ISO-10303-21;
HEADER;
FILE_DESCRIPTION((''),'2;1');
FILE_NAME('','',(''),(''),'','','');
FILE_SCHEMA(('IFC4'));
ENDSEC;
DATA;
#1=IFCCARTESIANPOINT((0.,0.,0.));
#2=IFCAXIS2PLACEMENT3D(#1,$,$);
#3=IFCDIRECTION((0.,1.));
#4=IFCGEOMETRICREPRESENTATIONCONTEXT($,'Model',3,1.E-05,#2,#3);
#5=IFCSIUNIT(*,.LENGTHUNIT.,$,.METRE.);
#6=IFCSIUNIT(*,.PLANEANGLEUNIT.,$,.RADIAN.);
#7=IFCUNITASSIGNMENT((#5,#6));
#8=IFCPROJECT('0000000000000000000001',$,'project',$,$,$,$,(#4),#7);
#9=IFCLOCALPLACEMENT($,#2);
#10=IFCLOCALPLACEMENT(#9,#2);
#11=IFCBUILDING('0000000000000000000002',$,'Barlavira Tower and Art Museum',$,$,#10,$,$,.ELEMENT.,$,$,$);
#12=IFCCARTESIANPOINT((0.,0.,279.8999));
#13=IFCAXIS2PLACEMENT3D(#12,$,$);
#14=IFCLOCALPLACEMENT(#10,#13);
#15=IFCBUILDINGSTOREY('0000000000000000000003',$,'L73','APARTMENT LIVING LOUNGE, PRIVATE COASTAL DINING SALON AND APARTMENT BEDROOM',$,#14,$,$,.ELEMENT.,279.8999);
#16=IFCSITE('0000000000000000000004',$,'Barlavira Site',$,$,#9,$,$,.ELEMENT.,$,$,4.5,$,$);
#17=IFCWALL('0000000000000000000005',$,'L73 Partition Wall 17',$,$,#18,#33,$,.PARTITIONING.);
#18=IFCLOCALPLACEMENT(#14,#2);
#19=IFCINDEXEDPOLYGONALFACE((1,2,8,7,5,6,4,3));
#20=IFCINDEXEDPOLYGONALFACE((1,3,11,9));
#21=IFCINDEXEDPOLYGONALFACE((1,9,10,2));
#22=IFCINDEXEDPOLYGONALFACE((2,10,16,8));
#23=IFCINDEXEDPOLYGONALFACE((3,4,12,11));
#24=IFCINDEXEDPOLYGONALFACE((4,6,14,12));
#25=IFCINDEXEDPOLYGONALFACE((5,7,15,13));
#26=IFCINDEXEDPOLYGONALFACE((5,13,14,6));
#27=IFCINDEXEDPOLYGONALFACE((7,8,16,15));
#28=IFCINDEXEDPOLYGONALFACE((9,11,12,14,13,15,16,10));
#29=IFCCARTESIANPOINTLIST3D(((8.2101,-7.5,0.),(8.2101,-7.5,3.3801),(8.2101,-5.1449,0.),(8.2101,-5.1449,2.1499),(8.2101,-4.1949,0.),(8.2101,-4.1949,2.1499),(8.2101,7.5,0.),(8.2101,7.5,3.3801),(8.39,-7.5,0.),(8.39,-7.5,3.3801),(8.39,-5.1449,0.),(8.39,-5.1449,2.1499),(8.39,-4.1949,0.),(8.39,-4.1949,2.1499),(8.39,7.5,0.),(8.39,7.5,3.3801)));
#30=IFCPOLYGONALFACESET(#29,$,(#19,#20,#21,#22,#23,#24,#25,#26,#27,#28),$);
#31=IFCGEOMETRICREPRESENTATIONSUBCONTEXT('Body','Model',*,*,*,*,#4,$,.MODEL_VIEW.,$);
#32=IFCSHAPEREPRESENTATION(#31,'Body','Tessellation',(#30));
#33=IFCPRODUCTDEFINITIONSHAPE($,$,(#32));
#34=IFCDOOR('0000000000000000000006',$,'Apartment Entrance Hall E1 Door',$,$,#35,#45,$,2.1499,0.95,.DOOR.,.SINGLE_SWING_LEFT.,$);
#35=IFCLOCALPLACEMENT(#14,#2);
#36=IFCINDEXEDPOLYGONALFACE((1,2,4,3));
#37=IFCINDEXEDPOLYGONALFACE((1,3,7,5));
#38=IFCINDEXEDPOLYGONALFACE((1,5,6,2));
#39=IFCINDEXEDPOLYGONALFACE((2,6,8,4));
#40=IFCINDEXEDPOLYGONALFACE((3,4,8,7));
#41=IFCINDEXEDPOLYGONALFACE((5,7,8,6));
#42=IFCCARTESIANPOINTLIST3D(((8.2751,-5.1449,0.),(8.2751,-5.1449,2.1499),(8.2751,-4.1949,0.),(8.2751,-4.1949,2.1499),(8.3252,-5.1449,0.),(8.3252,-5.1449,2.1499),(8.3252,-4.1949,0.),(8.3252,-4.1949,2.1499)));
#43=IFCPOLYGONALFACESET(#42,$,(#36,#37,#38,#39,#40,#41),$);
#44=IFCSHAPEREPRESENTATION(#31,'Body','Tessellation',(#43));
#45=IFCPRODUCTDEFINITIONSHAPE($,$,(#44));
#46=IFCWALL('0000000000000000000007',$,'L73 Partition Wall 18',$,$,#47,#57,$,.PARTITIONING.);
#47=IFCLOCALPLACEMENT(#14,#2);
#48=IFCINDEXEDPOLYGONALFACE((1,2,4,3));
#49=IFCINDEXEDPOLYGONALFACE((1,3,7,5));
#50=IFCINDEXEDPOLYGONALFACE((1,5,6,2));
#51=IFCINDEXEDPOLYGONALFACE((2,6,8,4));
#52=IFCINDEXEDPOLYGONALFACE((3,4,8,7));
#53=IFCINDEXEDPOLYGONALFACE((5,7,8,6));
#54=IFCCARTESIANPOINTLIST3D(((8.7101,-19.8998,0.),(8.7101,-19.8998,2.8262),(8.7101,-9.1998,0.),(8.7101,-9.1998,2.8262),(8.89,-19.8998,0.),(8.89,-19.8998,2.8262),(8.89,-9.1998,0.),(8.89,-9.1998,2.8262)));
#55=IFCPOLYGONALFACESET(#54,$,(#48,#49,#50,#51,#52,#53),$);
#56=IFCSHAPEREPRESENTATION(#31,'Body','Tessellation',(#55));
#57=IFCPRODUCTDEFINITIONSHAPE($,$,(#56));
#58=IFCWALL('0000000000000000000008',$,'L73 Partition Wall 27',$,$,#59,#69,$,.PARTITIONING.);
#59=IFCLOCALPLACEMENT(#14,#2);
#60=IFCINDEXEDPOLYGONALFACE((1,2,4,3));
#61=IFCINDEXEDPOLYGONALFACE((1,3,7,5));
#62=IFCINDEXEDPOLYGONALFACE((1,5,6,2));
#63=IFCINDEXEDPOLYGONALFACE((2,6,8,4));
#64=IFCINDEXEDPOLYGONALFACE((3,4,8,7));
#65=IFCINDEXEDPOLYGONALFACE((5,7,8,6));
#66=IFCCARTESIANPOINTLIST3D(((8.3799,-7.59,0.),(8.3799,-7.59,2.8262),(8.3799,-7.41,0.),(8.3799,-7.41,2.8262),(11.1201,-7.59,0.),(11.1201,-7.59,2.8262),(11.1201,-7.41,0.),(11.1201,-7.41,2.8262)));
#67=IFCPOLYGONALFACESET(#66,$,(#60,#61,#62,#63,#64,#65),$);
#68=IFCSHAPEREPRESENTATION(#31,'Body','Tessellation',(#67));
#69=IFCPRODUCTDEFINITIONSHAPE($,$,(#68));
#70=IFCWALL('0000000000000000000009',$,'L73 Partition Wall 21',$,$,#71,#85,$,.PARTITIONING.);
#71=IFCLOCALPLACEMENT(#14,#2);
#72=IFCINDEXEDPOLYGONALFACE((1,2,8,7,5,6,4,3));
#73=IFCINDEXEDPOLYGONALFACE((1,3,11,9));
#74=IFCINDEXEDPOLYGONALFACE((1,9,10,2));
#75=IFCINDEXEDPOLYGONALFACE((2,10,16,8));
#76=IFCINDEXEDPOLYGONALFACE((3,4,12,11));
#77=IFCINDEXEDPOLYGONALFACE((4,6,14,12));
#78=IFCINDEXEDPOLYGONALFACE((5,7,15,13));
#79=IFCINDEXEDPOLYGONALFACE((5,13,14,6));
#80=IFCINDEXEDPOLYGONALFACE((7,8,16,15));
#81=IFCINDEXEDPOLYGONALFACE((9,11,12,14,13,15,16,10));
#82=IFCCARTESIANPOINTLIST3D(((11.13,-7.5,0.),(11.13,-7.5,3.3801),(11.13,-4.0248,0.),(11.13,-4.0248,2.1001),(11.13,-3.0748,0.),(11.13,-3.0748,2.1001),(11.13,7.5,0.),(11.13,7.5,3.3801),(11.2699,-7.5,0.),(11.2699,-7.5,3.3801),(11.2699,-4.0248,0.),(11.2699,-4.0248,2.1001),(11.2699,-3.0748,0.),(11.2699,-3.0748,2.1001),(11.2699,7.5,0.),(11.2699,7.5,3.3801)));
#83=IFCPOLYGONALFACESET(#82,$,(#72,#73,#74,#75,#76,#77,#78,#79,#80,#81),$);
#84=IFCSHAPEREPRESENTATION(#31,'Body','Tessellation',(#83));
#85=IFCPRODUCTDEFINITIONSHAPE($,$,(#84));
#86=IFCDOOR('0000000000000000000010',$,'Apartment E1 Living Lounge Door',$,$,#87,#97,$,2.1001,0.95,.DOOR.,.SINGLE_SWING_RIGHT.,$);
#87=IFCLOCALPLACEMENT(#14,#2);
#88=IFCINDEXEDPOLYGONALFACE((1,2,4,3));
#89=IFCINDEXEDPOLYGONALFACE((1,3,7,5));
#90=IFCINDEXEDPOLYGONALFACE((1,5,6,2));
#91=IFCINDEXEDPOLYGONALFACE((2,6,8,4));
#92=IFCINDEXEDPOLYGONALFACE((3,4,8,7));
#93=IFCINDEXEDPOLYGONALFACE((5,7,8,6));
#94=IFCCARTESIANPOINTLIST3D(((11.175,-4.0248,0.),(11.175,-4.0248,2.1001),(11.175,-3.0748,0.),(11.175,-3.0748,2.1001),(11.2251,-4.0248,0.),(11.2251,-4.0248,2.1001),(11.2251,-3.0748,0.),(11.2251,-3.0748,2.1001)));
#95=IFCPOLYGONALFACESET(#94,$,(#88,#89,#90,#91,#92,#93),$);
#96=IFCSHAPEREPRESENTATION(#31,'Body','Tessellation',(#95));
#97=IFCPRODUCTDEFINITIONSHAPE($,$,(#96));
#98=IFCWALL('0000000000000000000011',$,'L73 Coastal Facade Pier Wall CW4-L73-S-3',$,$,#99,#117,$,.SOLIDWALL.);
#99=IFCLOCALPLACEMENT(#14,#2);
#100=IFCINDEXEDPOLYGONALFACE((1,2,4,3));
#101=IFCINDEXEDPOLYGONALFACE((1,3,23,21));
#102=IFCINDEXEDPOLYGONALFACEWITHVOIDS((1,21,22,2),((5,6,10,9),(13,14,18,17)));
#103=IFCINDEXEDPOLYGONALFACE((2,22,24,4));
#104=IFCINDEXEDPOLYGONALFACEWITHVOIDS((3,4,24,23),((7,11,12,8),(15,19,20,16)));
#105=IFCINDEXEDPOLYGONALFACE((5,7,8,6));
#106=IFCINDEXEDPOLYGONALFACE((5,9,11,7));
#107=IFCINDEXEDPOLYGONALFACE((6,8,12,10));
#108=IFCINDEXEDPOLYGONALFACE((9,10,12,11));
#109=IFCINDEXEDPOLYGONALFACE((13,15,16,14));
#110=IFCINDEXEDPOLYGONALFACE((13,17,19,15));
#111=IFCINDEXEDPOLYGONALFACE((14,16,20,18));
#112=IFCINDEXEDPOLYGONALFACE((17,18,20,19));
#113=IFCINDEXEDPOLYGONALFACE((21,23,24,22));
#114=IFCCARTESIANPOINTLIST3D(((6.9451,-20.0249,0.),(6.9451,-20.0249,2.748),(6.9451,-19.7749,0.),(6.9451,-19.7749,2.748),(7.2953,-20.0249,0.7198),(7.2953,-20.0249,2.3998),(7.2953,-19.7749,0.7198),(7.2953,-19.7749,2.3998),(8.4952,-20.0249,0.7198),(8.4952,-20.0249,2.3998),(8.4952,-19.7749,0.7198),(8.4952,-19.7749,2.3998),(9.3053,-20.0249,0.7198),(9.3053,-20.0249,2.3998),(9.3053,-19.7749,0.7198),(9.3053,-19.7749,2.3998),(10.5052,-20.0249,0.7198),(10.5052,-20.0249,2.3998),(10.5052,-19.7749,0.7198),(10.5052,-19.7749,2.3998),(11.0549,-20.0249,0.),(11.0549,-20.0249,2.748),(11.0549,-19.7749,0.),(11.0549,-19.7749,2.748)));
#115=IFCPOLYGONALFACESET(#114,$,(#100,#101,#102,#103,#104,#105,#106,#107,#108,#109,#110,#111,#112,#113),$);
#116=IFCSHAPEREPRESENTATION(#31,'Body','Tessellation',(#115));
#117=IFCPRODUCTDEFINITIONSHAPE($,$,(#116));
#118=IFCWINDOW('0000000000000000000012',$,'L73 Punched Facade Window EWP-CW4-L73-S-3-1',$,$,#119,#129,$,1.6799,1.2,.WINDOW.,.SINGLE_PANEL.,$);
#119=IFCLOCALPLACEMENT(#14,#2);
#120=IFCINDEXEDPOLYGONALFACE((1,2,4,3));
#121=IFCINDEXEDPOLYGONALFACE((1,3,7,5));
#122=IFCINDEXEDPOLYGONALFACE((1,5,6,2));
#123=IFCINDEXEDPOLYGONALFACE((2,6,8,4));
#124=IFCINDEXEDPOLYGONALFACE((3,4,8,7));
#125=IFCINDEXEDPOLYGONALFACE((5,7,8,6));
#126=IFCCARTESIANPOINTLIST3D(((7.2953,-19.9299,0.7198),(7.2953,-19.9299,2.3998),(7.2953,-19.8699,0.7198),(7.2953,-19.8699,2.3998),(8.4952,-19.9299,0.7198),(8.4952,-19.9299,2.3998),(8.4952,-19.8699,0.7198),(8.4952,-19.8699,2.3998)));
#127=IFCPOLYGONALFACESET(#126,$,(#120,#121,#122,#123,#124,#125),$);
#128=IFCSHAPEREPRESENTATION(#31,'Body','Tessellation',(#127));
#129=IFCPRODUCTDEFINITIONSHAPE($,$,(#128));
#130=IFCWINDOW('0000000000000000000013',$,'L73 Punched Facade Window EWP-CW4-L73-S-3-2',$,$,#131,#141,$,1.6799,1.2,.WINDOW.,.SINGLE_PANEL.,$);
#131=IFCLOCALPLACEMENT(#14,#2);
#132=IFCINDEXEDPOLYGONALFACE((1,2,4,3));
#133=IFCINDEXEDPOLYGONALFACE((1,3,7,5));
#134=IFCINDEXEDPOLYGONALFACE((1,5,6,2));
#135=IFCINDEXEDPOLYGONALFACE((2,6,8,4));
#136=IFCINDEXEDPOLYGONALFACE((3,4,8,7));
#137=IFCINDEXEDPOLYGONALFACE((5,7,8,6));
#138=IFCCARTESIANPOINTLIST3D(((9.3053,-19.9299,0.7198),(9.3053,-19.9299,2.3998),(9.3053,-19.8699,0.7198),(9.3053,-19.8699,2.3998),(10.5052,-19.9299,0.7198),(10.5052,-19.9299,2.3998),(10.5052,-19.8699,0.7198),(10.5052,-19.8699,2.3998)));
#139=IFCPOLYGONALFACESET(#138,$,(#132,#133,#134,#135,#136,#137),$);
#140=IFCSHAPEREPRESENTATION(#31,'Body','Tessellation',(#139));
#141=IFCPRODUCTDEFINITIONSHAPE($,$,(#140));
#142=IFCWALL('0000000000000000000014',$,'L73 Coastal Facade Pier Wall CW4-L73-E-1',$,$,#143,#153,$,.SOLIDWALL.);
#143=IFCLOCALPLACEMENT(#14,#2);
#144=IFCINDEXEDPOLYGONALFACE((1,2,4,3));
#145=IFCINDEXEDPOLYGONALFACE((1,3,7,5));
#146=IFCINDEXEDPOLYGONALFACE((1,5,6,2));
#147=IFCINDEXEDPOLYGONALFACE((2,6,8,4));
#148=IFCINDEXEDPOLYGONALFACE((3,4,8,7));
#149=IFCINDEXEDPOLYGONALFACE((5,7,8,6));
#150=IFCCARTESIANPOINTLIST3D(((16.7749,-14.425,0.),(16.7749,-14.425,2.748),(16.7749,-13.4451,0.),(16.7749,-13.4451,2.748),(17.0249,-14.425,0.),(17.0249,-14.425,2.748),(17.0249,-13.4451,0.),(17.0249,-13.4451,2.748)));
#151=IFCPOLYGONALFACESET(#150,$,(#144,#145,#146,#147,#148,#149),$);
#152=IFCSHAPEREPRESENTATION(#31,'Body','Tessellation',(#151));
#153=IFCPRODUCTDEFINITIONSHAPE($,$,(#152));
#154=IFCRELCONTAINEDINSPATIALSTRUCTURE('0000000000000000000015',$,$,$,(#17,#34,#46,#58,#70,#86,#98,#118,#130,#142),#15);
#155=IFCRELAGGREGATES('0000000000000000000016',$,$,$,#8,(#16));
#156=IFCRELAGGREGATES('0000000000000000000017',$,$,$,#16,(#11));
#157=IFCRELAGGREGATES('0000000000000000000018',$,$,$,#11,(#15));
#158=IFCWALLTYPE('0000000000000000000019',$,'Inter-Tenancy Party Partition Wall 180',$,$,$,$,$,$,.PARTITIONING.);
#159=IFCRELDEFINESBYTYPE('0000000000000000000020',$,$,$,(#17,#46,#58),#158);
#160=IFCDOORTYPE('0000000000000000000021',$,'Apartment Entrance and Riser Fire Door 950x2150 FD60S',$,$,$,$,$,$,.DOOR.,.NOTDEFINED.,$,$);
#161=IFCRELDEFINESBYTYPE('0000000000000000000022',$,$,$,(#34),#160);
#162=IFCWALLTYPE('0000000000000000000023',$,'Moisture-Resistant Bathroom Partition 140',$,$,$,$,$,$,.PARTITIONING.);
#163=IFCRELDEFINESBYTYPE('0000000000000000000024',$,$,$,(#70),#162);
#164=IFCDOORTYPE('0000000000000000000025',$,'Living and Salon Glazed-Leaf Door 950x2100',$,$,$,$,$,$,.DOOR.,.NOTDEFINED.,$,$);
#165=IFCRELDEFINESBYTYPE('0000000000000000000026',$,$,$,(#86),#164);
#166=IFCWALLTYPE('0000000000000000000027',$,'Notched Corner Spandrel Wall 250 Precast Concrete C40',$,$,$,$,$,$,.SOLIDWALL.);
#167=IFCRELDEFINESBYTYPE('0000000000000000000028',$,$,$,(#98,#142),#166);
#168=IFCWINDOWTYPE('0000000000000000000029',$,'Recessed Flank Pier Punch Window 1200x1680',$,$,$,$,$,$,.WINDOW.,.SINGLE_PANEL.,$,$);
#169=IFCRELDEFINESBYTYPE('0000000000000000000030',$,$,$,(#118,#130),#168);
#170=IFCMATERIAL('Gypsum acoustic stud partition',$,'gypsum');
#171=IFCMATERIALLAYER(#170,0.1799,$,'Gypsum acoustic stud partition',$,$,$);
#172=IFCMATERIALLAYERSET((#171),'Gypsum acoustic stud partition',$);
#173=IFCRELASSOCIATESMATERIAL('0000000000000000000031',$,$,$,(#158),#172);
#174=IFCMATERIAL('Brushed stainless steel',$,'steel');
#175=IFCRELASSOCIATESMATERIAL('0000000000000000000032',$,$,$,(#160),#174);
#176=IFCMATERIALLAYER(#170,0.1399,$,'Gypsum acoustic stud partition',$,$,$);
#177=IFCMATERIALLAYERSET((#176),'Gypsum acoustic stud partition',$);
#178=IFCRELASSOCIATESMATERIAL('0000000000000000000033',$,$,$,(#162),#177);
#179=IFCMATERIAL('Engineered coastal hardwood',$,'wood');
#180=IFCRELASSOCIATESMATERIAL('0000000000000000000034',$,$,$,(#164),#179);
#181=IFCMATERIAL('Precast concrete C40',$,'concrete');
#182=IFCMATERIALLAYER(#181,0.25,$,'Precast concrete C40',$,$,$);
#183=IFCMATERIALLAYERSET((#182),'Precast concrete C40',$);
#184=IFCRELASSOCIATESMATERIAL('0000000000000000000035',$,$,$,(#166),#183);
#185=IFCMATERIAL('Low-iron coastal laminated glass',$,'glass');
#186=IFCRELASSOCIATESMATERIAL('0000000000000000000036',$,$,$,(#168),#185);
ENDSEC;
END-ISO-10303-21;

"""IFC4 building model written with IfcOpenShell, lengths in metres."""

from ifc_helpers import new_model, si_unit, direction, frame, frame_2d, origin, place, context, subcontext, project, spatial, rectangle, extrude, material, layer, layer_set, type_object, element, fill, save


model = new_model("IFC4")

# Units and contexts
model_context = context("Model", 3, precision=1e-05, world=origin(), true_north=direction((0.0, 1.0)))
body_context = subcontext(model_context, "Body", "Model", "MODEL_VIEW")
ifc_project = project(units=[si_unit("LENGTHUNIT", "METRE"), si_unit("PLANEANGLEUNIT", "RADIAN")], contexts=[model_context])

# Site, building, storey
site_placement = place(None, origin())
site = spatial("IfcSite", under=ifc_project, at=site_placement, Name="Barlavira Site", CompositionType="ELEMENT", RefElevation=4.5)
building_placement = place(site_placement, origin())
building = spatial("IfcBuilding", under=site, at=building_placement, Name="Barlavira Tower and Art Museum", CompositionType="ELEMENT")
storey_placement = place(building_placement, frame((0.0, 0.0, 279.8999)))
storey = spatial("IfcBuildingStorey", under=building, at=storey_placement, Name="L73", Description="APARTMENT LIVING LOUNGE, PRIVATE COASTAL DINING SALON AND APARTMENT BEDROOM", CompositionType="ELEMENT", Elevation=279.8999)

# Wall, opening, door
ifc_material_1 = material(Name="Gypsum acoustic stud partition", Category="gypsum")
ifc_layer_1 = layer(ifc_material_1, 0.1799, Name="Gypsum acoustic stud partition")
ifc_layer_set_1 = layer_set([ifc_layer_1], Name="Gypsum acoustic stud partition")
wall_type_1 = type_object("IfcWallType", Name="Inter-Tenancy Party Partition Wall 180", PredefinedType="PARTITIONING", material=ifc_layer_set_1)
wall_1_placement = place(storey_placement, frame((8.3, -7.5, 0.0), z_axis=(0.0, 0.0, 1.0), x_axis=(0.0, 1.0, 0.0)))
wall_1 = element("IfcWall", 1, at=wall_1_placement, inside=storey, type_object=wall_type_1, Name="L73 Partition Wall 17", PredefinedType="PARTITIONING", context=body_context, shape_type="SweptSolid", body=[
    extrude(rectangle(XDim=15.0, YDim=0.1799, at=frame_2d((7.5, 0.0))), origin(), (0.0, 0.0, 1.0), 3.3801),
])
opening_1_placement = place(wall_1_placement, frame((2.355, 0.0, 0.0)))
opening_1 = element("IfcOpeningElement", 2, at=opening_1_placement, cuts=wall_1, PredefinedType="OPENING", context=body_context, shape_type="SweptSolid", body=[
    extrude(rectangle(XDim=0.95, YDim=2.1499, at=frame_2d((0.4751, 1.075))), frame((0.0, 0.1001, 0.0), z_axis=(0.0, -1.0, 0.0), x_axis=(1.0, 0.0, 0.0)), (0.0, 0.0, 1.0), 0.2),
])
ifc_material_2 = material(Name="Brushed stainless steel", Category="steel")
door_type_1 = type_object("IfcDoorType", Name="Apartment Entrance and Riser Fire Door 950x2150 FD60S", OperationType="NOTDEFINED", PredefinedType="DOOR", material=ifc_material_2)
door_1_placement = place(opening_1_placement, origin())
door_1 = element("IfcDoor", 3, at=door_1_placement, inside=storey, type_object=door_type_1, Name="Apartment Entrance Hall E1 Door", OperationType="SINGLE_SWING_LEFT", OverallHeight=2.1499, OverallWidth=0.95, PredefinedType="DOOR", context=body_context, shape_type="SweptSolid", body=[
    extrude(rectangle(XDim=0.95, YDim=2.1499, at=frame_2d((0.4751, 1.075))), frame((0.0, 0.0249, 0.0), z_axis=(0.0, -1.0, 0.0), x_axis=(1.0, 0.0, 0.0)), (0.0, 0.0, 1.0), 0.05),
])
fill(opening_1, door_1)

# Wall
wall_2_placement = place(storey_placement, frame((8.8, -19.8999, 0.0), z_axis=(0.0, 0.0, 1.0), x_axis=(0.0, 1.0, 0.0)))
element("IfcWall", 4, at=wall_2_placement, inside=storey, type_object=wall_type_1, Name="L73 Partition Wall 18", PredefinedType="PARTITIONING", context=body_context, shape_type="SweptSolid", body=[
    extrude(rectangle(XDim=10.7, YDim=0.1799, at=frame_2d((5.3501, 0.0))), origin(), (0.0, 0.0, 1.0), 2.8262),
])

# Wall
wall_3_placement = place(storey_placement, frame((8.3799, -7.5, 0.0), z_axis=(0.0, 0.0, 1.0), x_axis=(1.0, 0.0, 0.0)))
element("IfcWall", 5, at=wall_3_placement, inside=storey, type_object=wall_type_1, Name="L73 Partition Wall 27", PredefinedType="PARTITIONING", context=body_context, shape_type="SweptSolid", body=[
    extrude(rectangle(XDim=2.7402, YDim=0.1799, at=frame_2d((1.3701, 0.0))), origin(), (0.0, 0.0, 1.0), 2.8262),
])

# Wall, opening, door
ifc_layer_2 = layer(ifc_material_1, 0.1399, Name="Gypsum acoustic stud partition")
ifc_layer_set_2 = layer_set([ifc_layer_2], Name="Gypsum acoustic stud partition")
wall_type_2 = type_object("IfcWallType", Name="Moisture-Resistant Bathroom Partition 140", PredefinedType="PARTITIONING", material=ifc_layer_set_2)
wall_4_placement = place(storey_placement, frame((11.2, -7.5, 0.0), z_axis=(0.0, 0.0, 1.0), x_axis=(0.0, 1.0, 0.0)))
wall_4 = element("IfcWall", 6, at=wall_4_placement, inside=storey, type_object=wall_type_2, Name="L73 Partition Wall 21", PredefinedType="PARTITIONING", context=body_context, shape_type="SweptSolid", body=[
    extrude(rectangle(XDim=15.0, YDim=0.1399, at=frame_2d((7.5, 0.0))), origin(), (0.0, 0.0, 1.0), 3.3801),
])
opening_2_placement = place(wall_4_placement, frame((3.4751, 0.0, 0.0)))
opening_2 = element("IfcOpeningElement", 7, at=opening_2_placement, cuts=wall_4, PredefinedType="OPENING", context=body_context, shape_type="SweptSolid", body=[
    extrude(rectangle(XDim=0.95, YDim=2.1001, at=frame_2d((0.4751, 1.05))), frame((0.0, 0.0801, 0.0), z_axis=(0.0, -1.0, 0.0), x_axis=(1.0, 0.0, 0.0)), (0.0, 0.0, 1.0), 0.1599),
])
ifc_material_3 = material(Name="Engineered coastal hardwood", Category="wood")
door_type_2 = type_object("IfcDoorType", Name="Living and Salon Glazed-Leaf Door 950x2100", OperationType="NOTDEFINED", PredefinedType="DOOR", material=ifc_material_3)
door_2_placement = place(opening_2_placement, origin())
door_2 = element("IfcDoor", 8, at=door_2_placement, inside=storey, type_object=door_type_2, Name="Apartment E1 Living Lounge Door", OperationType="SINGLE_SWING_RIGHT", OverallHeight=2.1001, OverallWidth=0.95, PredefinedType="DOOR", context=body_context, shape_type="SweptSolid", body=[
    extrude(rectangle(XDim=0.95, YDim=2.1001, at=frame_2d((0.4751, 1.05))), frame((0.0, 0.0249, 0.0), z_axis=(0.0, -1.0, 0.0), x_axis=(1.0, 0.0, 0.0)), (0.0, 0.0, 1.0), 0.05),
])
fill(opening_2, door_2)

# Wall, openings, windows
ifc_material_4 = material(Name="Precast concrete C40", Category="concrete")
ifc_layer_3 = layer(ifc_material_4, 0.25, Name="Precast concrete C40")
ifc_layer_set_3 = layer_set([ifc_layer_3], Name="Precast concrete C40")
wall_type_3 = type_object("IfcWallType", Name="Notched Corner Spandrel Wall 250 Precast Concrete C40", PredefinedType="SOLIDWALL", material=ifc_layer_set_3)
wall_5_placement = place(storey_placement, frame((6.9451, -19.8999, 0.0), z_axis=(0.0, 0.0, 1.0), x_axis=(1.0, 0.0, 0.0)))
wall_5 = element("IfcWall", 9, at=wall_5_placement, inside=storey, type_object=wall_type_3, Name="L73 Coastal Facade Pier Wall CW4-L73-S-3", PredefinedType="SOLIDWALL", context=body_context, shape_type="SweptSolid", body=[
    extrude(rectangle(XDim=4.1099, YDim=0.25, at=frame_2d((2.0549, 0.0))), origin(), (0.0, 0.0, 1.0), 2.748),
])
opening_3_placement = place(wall_5_placement, frame((0.3501, 0.0, 0.72)))
opening_3 = element("IfcOpeningElement", 10, at=opening_3_placement, cuts=wall_5, PredefinedType="OPENING", context=body_context, shape_type="SweptSolid", body=[
    extrude(rectangle(XDim=1.2, YDim=1.6799, at=frame_2d((0.6001, 0.8398))), frame((0.0, 0.135, 0.0), z_axis=(0.0, -1.0, 0.0), x_axis=(1.0, 0.0, 0.0)), (0.0, 0.0, 1.0), 0.27),
])
opening_4_placement = place(wall_5_placement, frame((2.3601, 0.0, 0.72)))
opening_4 = element("IfcOpeningElement", 11, at=opening_4_placement, cuts=wall_5, PredefinedType="OPENING", context=body_context, shape_type="SweptSolid", body=[
    extrude(rectangle(XDim=1.2, YDim=1.6799, at=frame_2d((0.6001, 0.8398))), frame((0.0, 0.135, 0.0), z_axis=(0.0, -1.0, 0.0), x_axis=(1.0, 0.0, 0.0)), (0.0, 0.0, 1.0), 0.27),
])
ifc_material_5 = material(Name="Low-iron coastal laminated glass", Category="glass")
window_type_1 = type_object("IfcWindowType", Name="Recessed Flank Pier Punch Window 1200x1680", PartitioningType="SINGLE_PANEL", PredefinedType="WINDOW", material=ifc_material_5)
window_1_placement = place(opening_3_placement, origin())
window_1 = element("IfcWindow", 12, at=window_1_placement, inside=storey, type_object=window_type_1, Name="L73 Punched Facade Window EWP-CW4-L73-S-3-1", OverallHeight=1.6799, OverallWidth=1.2, PartitioningType="SINGLE_PANEL", PredefinedType="WINDOW", context=body_context, shape_type="SweptSolid", body=[
    extrude(rectangle(XDim=1.2, YDim=1.6799, at=frame_2d((0.6001, 0.8398))), frame((0.0, 0.03, 0.0), z_axis=(0.0, -1.0, 0.0), x_axis=(1.0, 0.0, 0.0)), (0.0, 0.0, 1.0), 0.0601),
])
fill(opening_3, window_1)
window_2_placement = place(opening_4_placement, origin())
window_2 = element("IfcWindow", 13, at=window_2_placement, inside=storey, type_object=window_type_1, Name="L73 Punched Facade Window EWP-CW4-L73-S-3-2", OverallHeight=1.6799, OverallWidth=1.2, PartitioningType="SINGLE_PANEL", PredefinedType="WINDOW", context=body_context, shape_type="SweptSolid", body=[
    extrude(rectangle(XDim=1.2, YDim=1.6799, at=frame_2d((0.6001, 0.8398))), frame((0.0, 0.03, 0.0), z_axis=(0.0, -1.0, 0.0), x_axis=(1.0, 0.0, 0.0)), (0.0, 0.0, 1.0), 0.0601),
])
fill(opening_4, window_2)

# Wall
wall_6_placement = place(storey_placement, frame((16.8999, -14.425, 0.0), z_axis=(0.0, 0.0, 1.0), x_axis=(0.0, 1.0, 0.0)))
element("IfcWall", 14, at=wall_6_placement, inside=storey, type_object=wall_type_3, Name="L73 Coastal Facade Pier Wall CW4-L73-E-1", PredefinedType="SOLIDWALL", context=body_context, shape_type="SweptSolid", body=[
    extrude(rectangle(XDim=0.98, YDim=0.25, at=frame_2d((0.49, 0.0))), origin(), (0.0, 0.0, 1.0), 2.748),
])

save(model, "model.ifc")
